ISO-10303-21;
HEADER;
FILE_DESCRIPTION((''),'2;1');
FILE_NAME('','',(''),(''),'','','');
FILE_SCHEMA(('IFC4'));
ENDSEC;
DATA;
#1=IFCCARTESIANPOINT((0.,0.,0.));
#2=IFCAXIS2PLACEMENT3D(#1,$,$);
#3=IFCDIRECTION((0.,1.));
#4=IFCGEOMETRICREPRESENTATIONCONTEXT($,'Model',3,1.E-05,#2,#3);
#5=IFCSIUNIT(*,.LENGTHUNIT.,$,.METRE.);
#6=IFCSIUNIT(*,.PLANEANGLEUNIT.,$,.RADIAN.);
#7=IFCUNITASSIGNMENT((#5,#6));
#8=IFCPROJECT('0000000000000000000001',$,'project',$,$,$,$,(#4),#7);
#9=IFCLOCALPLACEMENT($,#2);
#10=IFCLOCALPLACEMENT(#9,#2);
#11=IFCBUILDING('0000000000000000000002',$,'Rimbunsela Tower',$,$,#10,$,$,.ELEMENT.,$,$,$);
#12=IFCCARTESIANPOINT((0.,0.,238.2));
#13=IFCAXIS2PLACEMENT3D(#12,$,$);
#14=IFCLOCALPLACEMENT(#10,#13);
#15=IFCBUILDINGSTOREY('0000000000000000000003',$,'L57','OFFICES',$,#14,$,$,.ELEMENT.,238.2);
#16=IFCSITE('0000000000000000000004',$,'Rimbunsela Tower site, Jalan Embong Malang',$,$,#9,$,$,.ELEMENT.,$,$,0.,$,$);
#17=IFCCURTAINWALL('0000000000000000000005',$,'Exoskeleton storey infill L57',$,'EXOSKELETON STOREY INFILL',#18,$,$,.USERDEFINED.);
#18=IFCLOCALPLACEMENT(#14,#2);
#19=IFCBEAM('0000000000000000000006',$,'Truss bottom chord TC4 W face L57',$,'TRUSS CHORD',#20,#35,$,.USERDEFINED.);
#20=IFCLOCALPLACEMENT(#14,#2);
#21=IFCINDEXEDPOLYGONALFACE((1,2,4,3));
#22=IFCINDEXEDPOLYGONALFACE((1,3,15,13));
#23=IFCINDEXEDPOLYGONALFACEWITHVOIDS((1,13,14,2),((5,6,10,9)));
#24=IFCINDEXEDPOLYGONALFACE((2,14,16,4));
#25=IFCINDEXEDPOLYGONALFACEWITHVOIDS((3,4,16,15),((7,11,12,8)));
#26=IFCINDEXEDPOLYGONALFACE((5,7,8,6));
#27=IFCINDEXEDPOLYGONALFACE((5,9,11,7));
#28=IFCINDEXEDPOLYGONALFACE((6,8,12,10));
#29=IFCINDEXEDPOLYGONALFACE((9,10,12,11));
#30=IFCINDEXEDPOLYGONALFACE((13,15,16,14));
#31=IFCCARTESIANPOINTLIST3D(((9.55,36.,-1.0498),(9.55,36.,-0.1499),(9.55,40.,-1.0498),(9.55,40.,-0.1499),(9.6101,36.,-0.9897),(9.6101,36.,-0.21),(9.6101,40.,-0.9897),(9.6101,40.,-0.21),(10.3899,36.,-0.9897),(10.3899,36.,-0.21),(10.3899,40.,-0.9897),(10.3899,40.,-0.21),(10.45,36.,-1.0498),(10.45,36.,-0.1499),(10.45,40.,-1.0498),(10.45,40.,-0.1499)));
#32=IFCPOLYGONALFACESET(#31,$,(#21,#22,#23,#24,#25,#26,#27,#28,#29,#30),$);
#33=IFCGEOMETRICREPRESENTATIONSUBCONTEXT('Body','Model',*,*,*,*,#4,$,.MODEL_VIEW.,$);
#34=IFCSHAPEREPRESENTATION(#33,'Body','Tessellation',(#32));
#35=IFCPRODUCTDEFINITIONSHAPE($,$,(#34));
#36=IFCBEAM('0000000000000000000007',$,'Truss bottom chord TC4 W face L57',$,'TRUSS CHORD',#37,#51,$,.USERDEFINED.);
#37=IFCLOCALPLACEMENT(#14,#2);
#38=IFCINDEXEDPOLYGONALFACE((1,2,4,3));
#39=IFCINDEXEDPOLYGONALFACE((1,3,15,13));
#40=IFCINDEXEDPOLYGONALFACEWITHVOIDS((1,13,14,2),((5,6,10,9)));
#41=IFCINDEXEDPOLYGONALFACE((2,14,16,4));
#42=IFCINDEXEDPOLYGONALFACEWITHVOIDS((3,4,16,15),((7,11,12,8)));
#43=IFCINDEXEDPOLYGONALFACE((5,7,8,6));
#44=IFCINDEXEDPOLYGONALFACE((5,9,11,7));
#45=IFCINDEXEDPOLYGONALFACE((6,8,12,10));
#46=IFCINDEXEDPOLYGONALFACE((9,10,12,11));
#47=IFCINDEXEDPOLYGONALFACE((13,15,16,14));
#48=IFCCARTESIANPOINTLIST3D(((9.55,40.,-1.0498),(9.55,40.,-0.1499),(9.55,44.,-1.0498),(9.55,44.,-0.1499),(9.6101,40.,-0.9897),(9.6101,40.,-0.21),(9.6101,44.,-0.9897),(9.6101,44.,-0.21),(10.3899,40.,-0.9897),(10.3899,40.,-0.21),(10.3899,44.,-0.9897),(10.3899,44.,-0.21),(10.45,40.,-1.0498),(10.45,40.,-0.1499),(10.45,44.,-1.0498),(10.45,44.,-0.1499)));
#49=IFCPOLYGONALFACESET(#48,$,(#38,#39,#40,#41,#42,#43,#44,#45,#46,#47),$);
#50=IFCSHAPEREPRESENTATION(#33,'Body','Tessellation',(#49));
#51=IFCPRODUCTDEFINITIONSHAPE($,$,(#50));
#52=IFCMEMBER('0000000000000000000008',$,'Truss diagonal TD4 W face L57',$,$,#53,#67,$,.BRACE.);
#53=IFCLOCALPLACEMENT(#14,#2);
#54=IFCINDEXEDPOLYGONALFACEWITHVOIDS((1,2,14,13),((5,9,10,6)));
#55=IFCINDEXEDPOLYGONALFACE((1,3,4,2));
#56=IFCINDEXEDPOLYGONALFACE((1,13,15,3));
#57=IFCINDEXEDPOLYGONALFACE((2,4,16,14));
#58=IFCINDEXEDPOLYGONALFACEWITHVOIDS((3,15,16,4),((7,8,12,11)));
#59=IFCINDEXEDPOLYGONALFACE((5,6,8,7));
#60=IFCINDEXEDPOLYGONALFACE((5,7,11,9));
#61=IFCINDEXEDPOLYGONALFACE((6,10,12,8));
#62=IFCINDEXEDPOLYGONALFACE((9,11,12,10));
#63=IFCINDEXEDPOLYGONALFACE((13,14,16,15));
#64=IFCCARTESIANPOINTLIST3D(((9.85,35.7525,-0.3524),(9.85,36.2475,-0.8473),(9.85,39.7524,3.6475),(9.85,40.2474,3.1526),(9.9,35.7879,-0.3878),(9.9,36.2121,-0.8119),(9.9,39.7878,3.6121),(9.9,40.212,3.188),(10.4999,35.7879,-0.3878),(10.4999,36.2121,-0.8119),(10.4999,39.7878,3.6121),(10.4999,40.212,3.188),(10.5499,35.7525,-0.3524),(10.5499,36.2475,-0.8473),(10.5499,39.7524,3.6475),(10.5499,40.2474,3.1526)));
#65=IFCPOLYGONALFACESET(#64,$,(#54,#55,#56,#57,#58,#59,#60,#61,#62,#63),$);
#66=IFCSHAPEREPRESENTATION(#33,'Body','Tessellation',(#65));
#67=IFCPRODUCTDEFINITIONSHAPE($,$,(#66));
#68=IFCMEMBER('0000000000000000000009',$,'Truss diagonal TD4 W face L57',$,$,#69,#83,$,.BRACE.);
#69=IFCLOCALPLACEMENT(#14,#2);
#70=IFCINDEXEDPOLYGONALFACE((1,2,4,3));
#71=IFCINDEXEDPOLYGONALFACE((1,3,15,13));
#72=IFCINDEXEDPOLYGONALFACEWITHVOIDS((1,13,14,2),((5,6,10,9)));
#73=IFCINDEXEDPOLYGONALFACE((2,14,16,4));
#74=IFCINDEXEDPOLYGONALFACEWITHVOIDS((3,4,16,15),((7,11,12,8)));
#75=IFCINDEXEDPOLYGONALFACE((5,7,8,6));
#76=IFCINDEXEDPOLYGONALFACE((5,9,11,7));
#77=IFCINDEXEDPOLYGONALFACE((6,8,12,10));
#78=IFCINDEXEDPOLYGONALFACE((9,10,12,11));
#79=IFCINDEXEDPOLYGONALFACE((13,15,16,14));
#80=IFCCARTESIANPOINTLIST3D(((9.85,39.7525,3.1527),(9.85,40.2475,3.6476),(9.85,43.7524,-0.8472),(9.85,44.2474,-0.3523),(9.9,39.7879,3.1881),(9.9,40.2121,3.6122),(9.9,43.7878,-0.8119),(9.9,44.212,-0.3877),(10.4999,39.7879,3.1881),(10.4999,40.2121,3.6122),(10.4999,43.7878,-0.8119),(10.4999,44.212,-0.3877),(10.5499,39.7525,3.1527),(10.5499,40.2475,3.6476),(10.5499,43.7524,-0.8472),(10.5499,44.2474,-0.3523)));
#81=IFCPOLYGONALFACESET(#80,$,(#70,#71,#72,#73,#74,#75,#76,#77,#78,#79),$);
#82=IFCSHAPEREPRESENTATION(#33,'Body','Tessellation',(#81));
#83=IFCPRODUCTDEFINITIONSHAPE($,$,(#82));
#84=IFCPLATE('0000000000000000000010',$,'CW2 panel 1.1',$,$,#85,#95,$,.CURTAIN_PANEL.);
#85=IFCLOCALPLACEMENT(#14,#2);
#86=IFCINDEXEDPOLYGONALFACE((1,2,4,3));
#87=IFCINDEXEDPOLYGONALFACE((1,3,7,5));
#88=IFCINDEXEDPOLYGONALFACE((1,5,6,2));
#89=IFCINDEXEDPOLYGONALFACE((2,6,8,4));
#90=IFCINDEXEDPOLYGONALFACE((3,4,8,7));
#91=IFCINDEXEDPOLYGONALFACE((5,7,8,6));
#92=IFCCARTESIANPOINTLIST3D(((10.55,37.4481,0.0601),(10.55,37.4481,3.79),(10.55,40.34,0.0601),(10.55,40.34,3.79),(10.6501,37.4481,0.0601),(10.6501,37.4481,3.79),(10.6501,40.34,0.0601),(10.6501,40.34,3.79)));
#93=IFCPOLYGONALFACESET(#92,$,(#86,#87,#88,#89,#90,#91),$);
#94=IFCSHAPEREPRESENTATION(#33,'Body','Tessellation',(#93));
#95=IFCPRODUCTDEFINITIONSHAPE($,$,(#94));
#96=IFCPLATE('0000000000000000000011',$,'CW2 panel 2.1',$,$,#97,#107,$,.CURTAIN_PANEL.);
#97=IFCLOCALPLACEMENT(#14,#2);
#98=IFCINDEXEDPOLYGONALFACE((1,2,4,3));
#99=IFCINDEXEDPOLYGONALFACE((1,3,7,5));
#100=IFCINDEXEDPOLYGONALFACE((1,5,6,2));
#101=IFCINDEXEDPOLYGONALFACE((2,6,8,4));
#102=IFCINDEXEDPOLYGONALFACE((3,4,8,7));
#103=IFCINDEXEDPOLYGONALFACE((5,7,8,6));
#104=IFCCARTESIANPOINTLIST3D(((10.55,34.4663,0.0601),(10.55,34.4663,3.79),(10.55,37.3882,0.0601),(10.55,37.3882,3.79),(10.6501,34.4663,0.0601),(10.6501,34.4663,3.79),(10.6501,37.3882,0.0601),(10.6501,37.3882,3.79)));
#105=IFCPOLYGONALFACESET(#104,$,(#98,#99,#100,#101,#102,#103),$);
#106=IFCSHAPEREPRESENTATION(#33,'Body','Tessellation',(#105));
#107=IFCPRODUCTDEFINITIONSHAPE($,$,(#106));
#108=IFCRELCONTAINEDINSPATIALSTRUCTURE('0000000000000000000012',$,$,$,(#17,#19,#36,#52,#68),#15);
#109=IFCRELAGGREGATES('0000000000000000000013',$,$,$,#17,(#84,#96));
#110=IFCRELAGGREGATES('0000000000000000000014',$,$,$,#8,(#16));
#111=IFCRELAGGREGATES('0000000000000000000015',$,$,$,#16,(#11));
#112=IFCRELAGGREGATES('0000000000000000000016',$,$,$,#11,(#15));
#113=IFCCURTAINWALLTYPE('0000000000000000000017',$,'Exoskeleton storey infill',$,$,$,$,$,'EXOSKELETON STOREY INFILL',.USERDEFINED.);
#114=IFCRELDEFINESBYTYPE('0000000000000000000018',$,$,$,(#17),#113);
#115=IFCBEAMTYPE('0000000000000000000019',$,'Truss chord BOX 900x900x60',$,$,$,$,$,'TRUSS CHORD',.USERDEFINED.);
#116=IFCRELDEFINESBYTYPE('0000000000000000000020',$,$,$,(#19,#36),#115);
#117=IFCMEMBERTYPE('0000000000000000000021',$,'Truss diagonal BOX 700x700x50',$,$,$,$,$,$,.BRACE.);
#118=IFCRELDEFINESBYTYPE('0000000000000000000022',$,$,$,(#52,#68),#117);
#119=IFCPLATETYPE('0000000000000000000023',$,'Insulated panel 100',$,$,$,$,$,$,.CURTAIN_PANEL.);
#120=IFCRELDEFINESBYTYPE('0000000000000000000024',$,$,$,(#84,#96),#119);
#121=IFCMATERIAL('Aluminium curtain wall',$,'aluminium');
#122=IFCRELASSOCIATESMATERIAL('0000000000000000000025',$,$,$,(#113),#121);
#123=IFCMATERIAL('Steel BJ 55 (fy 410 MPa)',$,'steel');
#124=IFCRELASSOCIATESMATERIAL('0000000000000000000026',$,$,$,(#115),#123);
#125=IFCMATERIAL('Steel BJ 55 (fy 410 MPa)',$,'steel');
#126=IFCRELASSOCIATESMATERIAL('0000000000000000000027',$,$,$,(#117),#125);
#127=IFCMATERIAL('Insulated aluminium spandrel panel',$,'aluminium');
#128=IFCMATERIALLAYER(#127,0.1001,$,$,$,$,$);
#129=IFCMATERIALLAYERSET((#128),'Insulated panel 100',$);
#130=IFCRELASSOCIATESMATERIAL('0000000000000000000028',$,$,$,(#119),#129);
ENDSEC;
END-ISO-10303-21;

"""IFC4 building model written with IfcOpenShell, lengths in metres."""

from ifc_helpers import new_model, si_unit, direction, frame, origin, origin_2d, place, context, subcontext, project, spatial, rectangle, hollow_rectangle, extrude, material, layer, layer_set, material_profile, profile_set, type_object, element, aggregate, save


model = new_model("IFC4")

# Units and contexts
model_context = context("Model", 3, precision=1e-05, world=origin(), true_north=direction((0.0, 1.0)))
body_context = subcontext(model_context, "Body", "Model", "MODEL_VIEW")
ifc_project = project(units=[si_unit("LENGTHUNIT", "METRE"), si_unit("PLANEANGLEUNIT", "RADIAN")], contexts=[model_context])

# Site, building, storey
site_placement = place(None, origin())
site = spatial("IfcSite", under=ifc_project, at=site_placement, Name="Rimbunsela Tower site, Jalan Embong Malang", CompositionType="ELEMENT", RefElevation=0.0)
building_placement = place(site_placement, origin())
building = spatial("IfcBuilding", under=site, at=building_placement, Name="Rimbunsela Tower", CompositionType="ELEMENT")
storey_placement = place(building_placement, frame((0.0, 0.0, 238.2)))
storey = spatial("IfcBuildingStorey", under=building, at=storey_placement, Name="L57", Description="OFFICES", CompositionType="ELEMENT", Elevation=238.2)

# Curtain wall
ifc_material_1 = material(Name="Aluminium curtain wall", Category="aluminium")
curtain_wall_type_1 = type_object("IfcCurtainWallType", Name="Exoskeleton storey infill", ElementType="EXOSKELETON STOREY INFILL", PredefinedType="USERDEFINED", material=ifc_material_1)
curtain_wall_1_placement = place(storey_placement, origin())
curtain_wall_1 = element("IfcCurtainWall", 1, at=curtain_wall_1_placement, inside=storey, type_object=curtain_wall_type_1, Name="Exoskeleton storey infill L57", ObjectType="EXOSKELETON STOREY INFILL", PredefinedType="USERDEFINED")

# Beams
ifc_material_2 = material(Name="Steel BJ 55 (fy 410 MPa)", Category="steel")
ifc_material_profile_1 = material_profile(ifc_material_2, hollow_rectangle(XDim=0.8999, YDim=0.8999, WallThickness=0.0601, at=origin_2d()), Name="BOX 900x900x60")
ifc_profile_set_1 = profile_set([ifc_material_profile_1], Name="Steel BJ 55 (fy 410 MPa)")
beam_type_1 = type_object("IfcBeamType", Name="Truss chord BOX 900x900x60", ElementType="TRUSS CHORD", PredefinedType="USERDEFINED", material=ifc_profile_set_1)
for number, where, z_axis, x_axis, name in (
    (2, (10.0, 36.0, -0.5999), (0.0, 1.0, 0.0), (-1.0, 0.0, 0.0), "Truss bottom chord TC4 W face L57"),
    (3, (10.0, 40.0, -0.5999), (0.0, 1.0, 0.0), (-1.0, 0.0, 0.0), "Truss bottom chord TC4 W face L57"),
):
    element("IfcBeam", number, at=place(storey_placement, frame(where, z_axis=z_axis, x_axis=x_axis)), inside=storey, type_object=beam_type_1, Name=name, ObjectType="TRUSS CHORD", PredefinedType="USERDEFINED", context=body_context, shape_type="SweptSolid", body=[
        extrude(hollow_rectangle(XDim=0.8999, YDim=0.8999, WallThickness=0.0601, at=origin_2d()), origin(), (0.0, 0.0, 1.0), 4.0),
    ])

# Members
ifc_material_3 = material(Name="Steel BJ 55 (fy 410 MPa)", Category="steel")
ifc_material_profile_2 = material_profile(ifc_material_3, hollow_rectangle(XDim=0.7, YDim=0.7, WallThickness=0.05, at=origin_2d()), Name="BOX 700x700x50")
ifc_profile_set_2 = profile_set([ifc_material_profile_2], Name="Steel BJ 55 (fy 410 MPa)")
member_type_1 = type_object("IfcMemberType", Name="Truss diagonal BOX 700x700x50", PredefinedType="BRACE", material=ifc_profile_set_2)
for number, where, z_axis, x_axis, name in (
    (4, (10.2, 36.0, -0.5999), (0.0, 0.707107, 0.707107), (-1.0, 0.0, 0.0), "Truss diagonal TD4 W face L57"),
    (5, (10.2, 40.0, 3.4001), (0.0, 0.707107, -0.707107), (-1.0, 0.0, 0.0), "Truss diagonal TD4 W face L57"),
):
    element("IfcMember", number, at=place(storey_placement, frame(where, z_axis=z_axis, x_axis=x_axis)), inside=storey, type_object=member_type_1, Name=name, PredefinedType="BRACE", context=body_context, shape_type="SweptSolid", body=[
        extrude(hollow_rectangle(XDim=0.7, YDim=0.7, WallThickness=0.05, at=origin_2d()), origin(), (0.0, 0.0, 1.0), 5.6567),
    ])

# Plates
ifc_material_4 = material(Name="Insulated aluminium spandrel panel", Category="aluminium")
ifc_layer = layer(ifc_material_4, 0.1001)
ifc_layer_set = layer_set([ifc_layer], Name="Insulated panel 100")
plate_type = type_object("IfcPlateType", Name="Insulated panel 100", PredefinedType="CURTAIN_PANEL", material=ifc_layer_set)
plate_1_placement = place(storey_placement, frame((10.6001, 38.894, 0.0601), z_axis=(0.0, 0.0, 1.0), x_axis=(0.0, -1.0, 0.0)))
plate_1 = element("IfcPlate", 6, at=plate_1_placement, type_object=plate_type, Name="CW2 panel 1.1", PredefinedType="CURTAIN_PANEL", context=body_context, shape_type="SweptSolid", body=[
    extrude(rectangle(XDim=2.8918, YDim=0.1001, at=origin_2d()), origin(), (0.0, 0.0, 1.0), 3.73),
])
plate_2_placement = place(storey_placement, frame((10.6001, 35.9272, 0.0601), z_axis=(0.0, 0.0, 1.0), x_axis=(0.0, -1.0, 0.0)))
plate_2 = element("IfcPlate", 7, at=plate_2_placement, type_object=plate_type, Name="CW2 panel 2.1", PredefinedType="CURTAIN_PANEL", context=body_context, shape_type="SweptSolid", body=[
    extrude(rectangle(XDim=2.9219, YDim=0.1001, at=origin_2d()), origin(), (0.0, 0.0, 1.0), 3.73),
])
aggregate(curtain_wall_1, [plate_1, plate_2])

save(model, "model.ifc")
